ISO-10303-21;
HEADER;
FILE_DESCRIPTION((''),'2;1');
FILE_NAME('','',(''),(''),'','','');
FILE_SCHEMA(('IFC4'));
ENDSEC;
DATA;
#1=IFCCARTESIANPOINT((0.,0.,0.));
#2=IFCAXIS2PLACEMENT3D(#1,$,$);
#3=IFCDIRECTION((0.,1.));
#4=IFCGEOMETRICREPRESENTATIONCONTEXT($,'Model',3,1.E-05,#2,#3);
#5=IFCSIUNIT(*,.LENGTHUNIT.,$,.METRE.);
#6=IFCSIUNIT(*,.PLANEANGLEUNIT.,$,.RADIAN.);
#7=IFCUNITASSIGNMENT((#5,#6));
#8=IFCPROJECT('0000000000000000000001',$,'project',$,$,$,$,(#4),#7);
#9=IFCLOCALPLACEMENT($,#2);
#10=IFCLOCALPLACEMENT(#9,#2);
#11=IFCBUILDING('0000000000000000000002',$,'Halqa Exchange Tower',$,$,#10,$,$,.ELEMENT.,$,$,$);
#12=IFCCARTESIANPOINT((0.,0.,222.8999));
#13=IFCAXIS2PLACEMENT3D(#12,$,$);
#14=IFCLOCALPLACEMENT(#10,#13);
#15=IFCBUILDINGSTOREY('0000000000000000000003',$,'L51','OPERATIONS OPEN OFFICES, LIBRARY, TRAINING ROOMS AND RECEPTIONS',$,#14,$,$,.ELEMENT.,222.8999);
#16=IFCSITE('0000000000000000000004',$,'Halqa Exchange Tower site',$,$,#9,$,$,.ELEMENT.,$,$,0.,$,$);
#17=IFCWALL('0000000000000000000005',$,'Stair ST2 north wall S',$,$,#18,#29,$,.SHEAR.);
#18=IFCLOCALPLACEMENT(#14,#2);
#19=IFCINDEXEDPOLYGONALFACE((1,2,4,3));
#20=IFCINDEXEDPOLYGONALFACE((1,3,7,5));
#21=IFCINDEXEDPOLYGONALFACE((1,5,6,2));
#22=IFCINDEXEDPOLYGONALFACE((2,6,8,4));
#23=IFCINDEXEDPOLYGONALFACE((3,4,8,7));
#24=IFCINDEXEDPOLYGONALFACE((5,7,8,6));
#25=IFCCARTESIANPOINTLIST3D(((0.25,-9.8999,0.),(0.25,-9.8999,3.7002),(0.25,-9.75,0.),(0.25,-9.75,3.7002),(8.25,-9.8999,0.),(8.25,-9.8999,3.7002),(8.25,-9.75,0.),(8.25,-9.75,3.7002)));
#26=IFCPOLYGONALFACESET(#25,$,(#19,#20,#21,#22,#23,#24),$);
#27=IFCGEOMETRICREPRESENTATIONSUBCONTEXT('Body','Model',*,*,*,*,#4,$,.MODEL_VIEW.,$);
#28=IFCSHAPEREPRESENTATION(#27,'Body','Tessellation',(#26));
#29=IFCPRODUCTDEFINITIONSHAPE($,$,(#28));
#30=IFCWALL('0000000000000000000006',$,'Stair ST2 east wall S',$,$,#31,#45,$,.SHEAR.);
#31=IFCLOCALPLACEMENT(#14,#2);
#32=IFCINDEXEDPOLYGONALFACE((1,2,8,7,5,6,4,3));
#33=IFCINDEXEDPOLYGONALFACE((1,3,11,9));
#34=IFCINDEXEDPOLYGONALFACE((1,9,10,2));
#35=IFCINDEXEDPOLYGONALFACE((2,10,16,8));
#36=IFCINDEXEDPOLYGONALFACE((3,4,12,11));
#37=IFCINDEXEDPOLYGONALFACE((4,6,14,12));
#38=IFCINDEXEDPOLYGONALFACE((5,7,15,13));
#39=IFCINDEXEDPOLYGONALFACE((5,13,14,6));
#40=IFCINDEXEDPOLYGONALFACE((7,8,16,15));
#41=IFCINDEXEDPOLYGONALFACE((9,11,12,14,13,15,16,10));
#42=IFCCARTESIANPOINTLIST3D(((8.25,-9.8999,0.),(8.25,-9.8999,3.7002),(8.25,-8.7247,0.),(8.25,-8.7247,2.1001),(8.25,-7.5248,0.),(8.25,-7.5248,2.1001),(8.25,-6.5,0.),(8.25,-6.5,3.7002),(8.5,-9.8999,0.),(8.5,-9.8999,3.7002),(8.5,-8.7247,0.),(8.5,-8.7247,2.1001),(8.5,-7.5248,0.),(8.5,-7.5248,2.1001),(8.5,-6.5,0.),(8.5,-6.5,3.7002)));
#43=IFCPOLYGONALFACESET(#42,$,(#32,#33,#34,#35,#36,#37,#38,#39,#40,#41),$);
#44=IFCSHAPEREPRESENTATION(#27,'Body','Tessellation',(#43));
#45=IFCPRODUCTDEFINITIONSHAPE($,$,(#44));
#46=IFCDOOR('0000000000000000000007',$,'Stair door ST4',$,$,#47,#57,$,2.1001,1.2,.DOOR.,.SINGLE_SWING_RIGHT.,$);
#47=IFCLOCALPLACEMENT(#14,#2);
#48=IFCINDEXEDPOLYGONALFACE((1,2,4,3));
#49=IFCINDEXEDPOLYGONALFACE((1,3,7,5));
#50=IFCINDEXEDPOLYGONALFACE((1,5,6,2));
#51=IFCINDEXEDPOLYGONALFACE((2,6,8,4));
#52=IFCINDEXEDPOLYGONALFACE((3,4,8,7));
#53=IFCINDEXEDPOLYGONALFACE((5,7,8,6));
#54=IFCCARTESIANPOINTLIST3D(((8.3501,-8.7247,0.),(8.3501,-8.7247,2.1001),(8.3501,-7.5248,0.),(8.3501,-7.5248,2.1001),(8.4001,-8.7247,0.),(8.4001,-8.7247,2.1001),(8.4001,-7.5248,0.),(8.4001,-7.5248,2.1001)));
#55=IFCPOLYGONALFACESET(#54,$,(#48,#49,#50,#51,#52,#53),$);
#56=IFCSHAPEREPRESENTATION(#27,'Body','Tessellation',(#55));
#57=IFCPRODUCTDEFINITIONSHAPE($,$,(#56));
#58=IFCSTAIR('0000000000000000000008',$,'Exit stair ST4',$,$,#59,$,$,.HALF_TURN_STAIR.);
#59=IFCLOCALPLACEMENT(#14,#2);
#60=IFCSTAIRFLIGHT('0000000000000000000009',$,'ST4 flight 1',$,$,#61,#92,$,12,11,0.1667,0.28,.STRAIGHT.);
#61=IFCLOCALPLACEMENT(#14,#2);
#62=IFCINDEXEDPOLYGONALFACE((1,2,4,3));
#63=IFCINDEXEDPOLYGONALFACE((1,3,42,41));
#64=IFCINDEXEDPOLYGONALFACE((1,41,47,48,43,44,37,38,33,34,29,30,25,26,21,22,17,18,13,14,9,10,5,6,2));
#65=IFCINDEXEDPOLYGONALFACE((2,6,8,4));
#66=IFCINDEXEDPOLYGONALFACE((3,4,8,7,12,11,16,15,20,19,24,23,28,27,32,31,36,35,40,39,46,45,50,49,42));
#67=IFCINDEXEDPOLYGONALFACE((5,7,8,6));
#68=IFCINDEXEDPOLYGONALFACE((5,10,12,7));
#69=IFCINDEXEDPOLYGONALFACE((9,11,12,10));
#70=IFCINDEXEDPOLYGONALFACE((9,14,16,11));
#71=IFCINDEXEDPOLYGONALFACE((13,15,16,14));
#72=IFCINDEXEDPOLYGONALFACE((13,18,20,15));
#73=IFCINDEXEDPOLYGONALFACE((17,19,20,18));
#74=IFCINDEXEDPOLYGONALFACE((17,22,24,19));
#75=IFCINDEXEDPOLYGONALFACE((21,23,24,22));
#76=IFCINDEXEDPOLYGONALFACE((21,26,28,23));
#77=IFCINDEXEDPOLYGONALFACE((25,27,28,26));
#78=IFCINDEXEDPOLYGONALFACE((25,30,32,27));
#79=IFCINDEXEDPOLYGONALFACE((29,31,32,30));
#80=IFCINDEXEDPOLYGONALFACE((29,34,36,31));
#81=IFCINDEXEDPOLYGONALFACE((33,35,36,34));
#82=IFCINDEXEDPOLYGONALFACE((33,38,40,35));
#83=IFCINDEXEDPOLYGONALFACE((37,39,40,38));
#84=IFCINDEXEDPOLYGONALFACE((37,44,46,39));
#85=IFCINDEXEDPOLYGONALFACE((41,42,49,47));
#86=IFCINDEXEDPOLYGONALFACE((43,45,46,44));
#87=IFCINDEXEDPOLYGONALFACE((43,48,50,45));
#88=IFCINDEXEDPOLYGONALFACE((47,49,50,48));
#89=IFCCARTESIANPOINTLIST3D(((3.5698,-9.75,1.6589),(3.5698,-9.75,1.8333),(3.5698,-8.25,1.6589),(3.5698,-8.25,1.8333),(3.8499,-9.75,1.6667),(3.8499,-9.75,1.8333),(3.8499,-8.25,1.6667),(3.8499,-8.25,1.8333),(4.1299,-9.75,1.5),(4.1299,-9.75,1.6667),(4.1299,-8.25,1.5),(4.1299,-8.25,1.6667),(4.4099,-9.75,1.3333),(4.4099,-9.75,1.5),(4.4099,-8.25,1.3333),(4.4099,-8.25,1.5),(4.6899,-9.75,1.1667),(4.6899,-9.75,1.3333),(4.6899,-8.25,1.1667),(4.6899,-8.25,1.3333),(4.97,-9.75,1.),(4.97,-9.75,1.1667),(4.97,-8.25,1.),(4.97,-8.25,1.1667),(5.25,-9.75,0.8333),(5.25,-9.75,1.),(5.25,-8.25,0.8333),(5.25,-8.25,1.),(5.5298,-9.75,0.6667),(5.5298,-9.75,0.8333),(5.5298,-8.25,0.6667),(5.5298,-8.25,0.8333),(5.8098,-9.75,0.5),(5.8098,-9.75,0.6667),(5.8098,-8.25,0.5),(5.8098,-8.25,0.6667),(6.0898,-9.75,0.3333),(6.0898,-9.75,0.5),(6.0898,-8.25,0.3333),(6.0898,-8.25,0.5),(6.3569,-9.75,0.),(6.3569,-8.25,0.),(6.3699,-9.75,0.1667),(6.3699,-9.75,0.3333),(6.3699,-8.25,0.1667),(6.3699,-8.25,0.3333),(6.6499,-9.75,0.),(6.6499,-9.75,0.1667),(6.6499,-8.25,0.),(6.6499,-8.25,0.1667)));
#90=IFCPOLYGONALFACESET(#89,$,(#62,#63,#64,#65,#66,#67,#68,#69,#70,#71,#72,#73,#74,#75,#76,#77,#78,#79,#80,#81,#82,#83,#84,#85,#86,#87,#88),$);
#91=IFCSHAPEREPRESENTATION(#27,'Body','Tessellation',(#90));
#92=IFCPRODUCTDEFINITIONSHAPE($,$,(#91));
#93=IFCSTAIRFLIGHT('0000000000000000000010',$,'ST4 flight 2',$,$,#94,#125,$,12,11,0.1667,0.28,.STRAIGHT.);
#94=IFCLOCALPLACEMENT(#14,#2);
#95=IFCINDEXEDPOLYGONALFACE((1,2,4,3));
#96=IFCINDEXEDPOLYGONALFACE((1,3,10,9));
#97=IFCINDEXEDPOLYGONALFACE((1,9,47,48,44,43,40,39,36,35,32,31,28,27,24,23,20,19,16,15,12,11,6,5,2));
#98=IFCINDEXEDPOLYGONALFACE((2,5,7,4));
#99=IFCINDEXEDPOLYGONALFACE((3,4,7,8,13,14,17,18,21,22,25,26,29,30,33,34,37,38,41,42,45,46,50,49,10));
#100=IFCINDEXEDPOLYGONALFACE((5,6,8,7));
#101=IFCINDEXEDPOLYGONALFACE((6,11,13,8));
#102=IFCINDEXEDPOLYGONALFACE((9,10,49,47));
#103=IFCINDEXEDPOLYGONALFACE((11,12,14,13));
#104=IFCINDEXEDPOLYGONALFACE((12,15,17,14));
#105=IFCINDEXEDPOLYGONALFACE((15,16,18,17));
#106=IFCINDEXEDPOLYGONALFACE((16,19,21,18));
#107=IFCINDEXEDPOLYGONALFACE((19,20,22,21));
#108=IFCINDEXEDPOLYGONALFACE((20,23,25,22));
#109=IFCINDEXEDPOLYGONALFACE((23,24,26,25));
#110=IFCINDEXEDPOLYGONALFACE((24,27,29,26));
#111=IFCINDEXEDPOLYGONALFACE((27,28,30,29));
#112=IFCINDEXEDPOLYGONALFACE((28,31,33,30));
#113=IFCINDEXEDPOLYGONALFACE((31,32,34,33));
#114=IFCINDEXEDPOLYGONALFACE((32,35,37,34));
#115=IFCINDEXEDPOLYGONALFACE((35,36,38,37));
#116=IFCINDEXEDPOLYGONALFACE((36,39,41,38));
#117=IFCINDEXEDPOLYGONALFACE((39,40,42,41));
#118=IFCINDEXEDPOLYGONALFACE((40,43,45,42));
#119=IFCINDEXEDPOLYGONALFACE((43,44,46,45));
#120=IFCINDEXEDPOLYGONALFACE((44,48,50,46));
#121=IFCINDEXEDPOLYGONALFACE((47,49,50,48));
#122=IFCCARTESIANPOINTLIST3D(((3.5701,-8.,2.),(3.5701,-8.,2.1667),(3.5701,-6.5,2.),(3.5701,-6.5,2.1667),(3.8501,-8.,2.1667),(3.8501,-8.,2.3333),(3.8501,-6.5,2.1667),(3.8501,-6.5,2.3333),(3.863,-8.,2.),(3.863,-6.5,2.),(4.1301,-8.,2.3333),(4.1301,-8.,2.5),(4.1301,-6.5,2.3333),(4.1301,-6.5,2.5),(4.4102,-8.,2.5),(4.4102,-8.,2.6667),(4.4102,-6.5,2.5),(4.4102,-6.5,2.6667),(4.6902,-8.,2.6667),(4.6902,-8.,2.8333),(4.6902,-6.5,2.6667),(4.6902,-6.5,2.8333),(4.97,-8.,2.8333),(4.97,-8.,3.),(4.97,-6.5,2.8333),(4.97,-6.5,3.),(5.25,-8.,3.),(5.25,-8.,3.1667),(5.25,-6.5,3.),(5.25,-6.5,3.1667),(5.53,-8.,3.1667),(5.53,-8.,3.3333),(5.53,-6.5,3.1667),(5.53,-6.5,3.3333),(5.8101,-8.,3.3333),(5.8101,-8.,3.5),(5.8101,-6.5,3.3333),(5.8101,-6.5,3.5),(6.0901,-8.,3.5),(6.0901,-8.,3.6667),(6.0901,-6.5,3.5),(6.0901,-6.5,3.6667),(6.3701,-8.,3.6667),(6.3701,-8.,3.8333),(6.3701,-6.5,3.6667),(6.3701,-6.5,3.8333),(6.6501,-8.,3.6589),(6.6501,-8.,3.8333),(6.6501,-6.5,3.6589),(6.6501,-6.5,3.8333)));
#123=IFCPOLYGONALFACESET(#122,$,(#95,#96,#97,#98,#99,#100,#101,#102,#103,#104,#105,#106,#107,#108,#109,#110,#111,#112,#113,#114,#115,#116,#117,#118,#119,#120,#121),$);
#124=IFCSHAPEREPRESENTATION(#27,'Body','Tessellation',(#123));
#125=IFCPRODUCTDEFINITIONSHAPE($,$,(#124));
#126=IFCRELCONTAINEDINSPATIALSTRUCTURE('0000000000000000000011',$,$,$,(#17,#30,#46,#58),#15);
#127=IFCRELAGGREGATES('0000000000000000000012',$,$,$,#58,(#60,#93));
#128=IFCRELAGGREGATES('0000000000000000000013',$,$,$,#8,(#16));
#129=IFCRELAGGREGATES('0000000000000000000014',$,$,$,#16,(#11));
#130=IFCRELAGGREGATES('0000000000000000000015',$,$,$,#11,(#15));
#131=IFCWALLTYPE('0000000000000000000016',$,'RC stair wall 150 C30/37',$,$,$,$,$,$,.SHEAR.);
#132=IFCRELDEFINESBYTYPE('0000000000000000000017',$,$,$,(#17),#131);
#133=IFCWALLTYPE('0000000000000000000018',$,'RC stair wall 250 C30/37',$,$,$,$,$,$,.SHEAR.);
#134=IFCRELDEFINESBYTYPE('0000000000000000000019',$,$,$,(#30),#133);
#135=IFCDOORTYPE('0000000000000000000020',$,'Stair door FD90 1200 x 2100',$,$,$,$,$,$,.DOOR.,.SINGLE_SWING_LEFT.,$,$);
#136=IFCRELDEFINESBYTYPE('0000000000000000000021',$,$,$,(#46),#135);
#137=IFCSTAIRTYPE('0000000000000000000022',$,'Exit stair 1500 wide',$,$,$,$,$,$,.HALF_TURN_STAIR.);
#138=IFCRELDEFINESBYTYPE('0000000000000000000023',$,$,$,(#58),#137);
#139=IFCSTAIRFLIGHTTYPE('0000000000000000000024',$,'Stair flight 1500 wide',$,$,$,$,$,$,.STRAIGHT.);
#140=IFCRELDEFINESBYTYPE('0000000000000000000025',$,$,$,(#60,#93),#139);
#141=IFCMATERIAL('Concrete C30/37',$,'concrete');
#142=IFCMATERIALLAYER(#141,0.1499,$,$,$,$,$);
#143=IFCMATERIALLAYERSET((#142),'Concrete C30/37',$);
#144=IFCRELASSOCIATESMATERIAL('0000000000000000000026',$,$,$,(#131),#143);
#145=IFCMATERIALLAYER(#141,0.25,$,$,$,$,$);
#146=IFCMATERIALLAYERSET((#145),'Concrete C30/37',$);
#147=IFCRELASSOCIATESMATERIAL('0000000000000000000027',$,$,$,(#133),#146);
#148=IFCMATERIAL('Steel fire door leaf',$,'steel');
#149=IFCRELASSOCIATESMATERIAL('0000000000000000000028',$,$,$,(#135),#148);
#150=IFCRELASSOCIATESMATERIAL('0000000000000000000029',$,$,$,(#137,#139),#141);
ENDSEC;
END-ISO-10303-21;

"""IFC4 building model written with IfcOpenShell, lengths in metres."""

from ifc_helpers import new_model, si_unit, direction, frame, frame_2d, origin, place, context, subcontext, project, spatial, polyline, rectangle, outline, extrude, material, layer, layer_set, type_object, element, fill, aggregate, save


model = new_model("IFC4")

# Units and contexts
model_context = context("Model", 3, precision=1e-05, world=origin(), true_north=direction((0.0, 1.0)))
body_context = subcontext(model_context, "Body", "Model", "MODEL_VIEW")
ifc_project = project(units=[si_unit("LENGTHUNIT", "METRE"), si_unit("PLANEANGLEUNIT", "RADIAN")], contexts=[model_context])

# Site, building, storey
site_placement = place(None, origin())
site = spatial("IfcSite", under=ifc_project, at=site_placement, Name="Halqa Exchange Tower site", CompositionType="ELEMENT", RefElevation=0.0)
building_placement = place(site_placement, origin())
building = spatial("IfcBuilding", under=site, at=building_placement, Name="Halqa Exchange Tower", CompositionType="ELEMENT")
storey_placement = place(building_placement, frame((0.0, 0.0, 222.8999)))
storey = spatial("IfcBuildingStorey", under=building, at=storey_placement, Name="L51", Description="OPERATIONS OPEN OFFICES, LIBRARY, TRAINING ROOMS AND RECEPTIONS", CompositionType="ELEMENT", Elevation=222.8999)

# Shared definitions
ifc_material_1 = material(Name="Steel fire door leaf", Category="steel")

# Wall
ifc_material_2 = material(Name="Concrete C30/37", Category="concrete")
ifc_layer_1 = layer(ifc_material_2, 0.1499)
ifc_layer_set_1 = layer_set([ifc_layer_1], Name="Concrete C30/37")
wall_type_1 = type_object("IfcWallType", Name="RC stair wall 150 C30/37", PredefinedType="SHEAR", material=ifc_layer_set_1)
wall_1_placement = place(storey_placement, frame((0.25, -9.825, 0.0), z_axis=(0.0, 0.0, 1.0), x_axis=(1.0, 0.0, 0.0)))
element("IfcWall", 1, at=wall_1_placement, inside=storey, type_object=wall_type_1, Name="Stair ST2 north wall S", PredefinedType="SHEAR", context=body_context, shape_type="SweptSolid", body=[
    extrude(rectangle(XDim=8.0, YDim=0.1499, at=frame_2d((4.0, 0.0))), origin(), (0.0, 0.0, 1.0), 3.7002),
])

# Wall, opening, door
ifc_layer_2 = layer(ifc_material_2, 0.25)
ifc_layer_set_2 = layer_set([ifc_layer_2], Name="Concrete C30/37")
wall_type_2 = type_object("IfcWallType", Name="RC stair wall 250 C30/37", PredefinedType="SHEAR", material=ifc_layer_set_2)
wall_2_placement = place(storey_placement, frame((8.375, -9.8999, 0.0), z_axis=(0.0, 0.0, 1.0), x_axis=(0.0, 1.0, 0.0)))
wall_2 = element("IfcWall", 2, at=wall_2_placement, inside=storey, type_object=wall_type_2, Name="Stair ST2 east wall S", PredefinedType="SHEAR", context=body_context, shape_type="SweptSolid", body=[
    extrude(rectangle(XDim=3.3999, YDim=0.25, at=frame_2d((1.7, 0.0))), origin(), (0.0, 0.0, 1.0), 3.7002),
])
opening_1_placement = place(wall_2_placement, frame((1.175, 0.0, 0.0)))
opening_1 = element("IfcOpeningElement", 3, at=opening_1_placement, cuts=wall_2, PredefinedType="OPENING", context=body_context, shape_type="SweptSolid", body=[
    extrude(rectangle(XDim=1.2, YDim=2.1001, at=frame_2d((0.6001, 1.05))), frame((0.0, 0.137, 0.0), z_axis=(0.0, -1.0, 0.0), x_axis=(1.0, 0.0, 0.0)), (0.0, 0.0, 1.0), 0.2739),
])
door_type_1 = type_object("IfcDoorType", Name="Stair door FD90 1200 x 2100", OperationType="SINGLE_SWING_LEFT", PredefinedType="DOOR", material=ifc_material_1)
door_1_placement = place(opening_1_placement, origin())
door_1 = element("IfcDoor", 4, at=door_1_placement, inside=storey, type_object=door_type_1, Name="Stair door ST4", OperationType="SINGLE_SWING_RIGHT", OverallHeight=2.1001, OverallWidth=1.2, PredefinedType="DOOR", context=body_context, shape_type="SweptSolid", body=[
    extrude(rectangle(XDim=1.2, YDim=2.1001, at=frame_2d((0.6001, 1.05))), frame((0.0, 0.0249, 0.0), z_axis=(0.0, -1.0, 0.0), x_axis=(1.0, 0.0, 0.0)), (0.0, 0.0, 1.0), 0.05),
])
fill(opening_1, door_1)

# Stair, stair flights
stair_type = type_object("IfcStairType", Name="Exit stair 1500 wide", PredefinedType="HALF_TURN_STAIR", material=ifc_material_2)
stair_placement = place(storey_placement, origin())
stair = element("IfcStair", 5, at=stair_placement, inside=storey, type_object=stair_type, Name="Exit stair ST4", PredefinedType="HALF_TURN_STAIR")
stair_flight_type = type_object("IfcStairFlightType", Name="Stair flight 1500 wide", PredefinedType="STRAIGHT", material=ifc_material_2)
stair_flight_1_placement = place(storey_placement, frame((6.6499, -9.0, 0.0), z_axis=(0.0, 0.0, 1.0), x_axis=(-1.0, 0.0, 0.0)))
stair_flight_1 = element("IfcStairFlight", 6, at=stair_flight_1_placement, type_object=stair_flight_type, Name="ST4 flight 1", NumberOfRisers=12, NumberOfTreads=11, PredefinedType="STRAIGHT", RiserHeight=0.1667, TreadLength=0.28, context=body_context, shape_type="SweptSolid", body=[
    extrude(outline(polyline([(0.0, 0.0), (0.0, 0.1667), (0.28, 0.1667), (0.28, 0.3333), (0.5601, 0.3333), (0.5601, 0.5), (0.8401, 0.5), (0.8401, 0.6667), (1.1201, 0.6667), (1.1201, 0.8333), (1.3999, 0.8333), (1.3999, 1.0), (1.6799, 1.0), (1.6799, 1.1667), (1.96, 1.1667), (1.96, 1.3333), (2.24, 1.3333), (2.24, 1.5), (2.52, 1.5), (2.52, 1.6667), (2.8, 1.6667), (2.8, 1.8333), (3.0801, 1.8333), (3.0801, 2.0), (3.0801, 1.6589), (0.293, 0.0), (0.0, 0.0)])), frame((0.0, 0.75, 0.0), z_axis=(0.0, -1.0, 0.0), x_axis=(1.0, 0.0, 0.0)), (0.0, 0.0, 1.0), 1.5),
])
stair_flight_2_placement = place(storey_placement, frame((3.5701, -7.25, 2.0), z_axis=(0.0, 0.0, 1.0), x_axis=(1.0, 0.0, 0.0)))
stair_flight_2 = element("IfcStairFlight", 7, at=stair_flight_2_placement, type_object=stair_flight_type, Name="ST4 flight 2", NumberOfRisers=12, NumberOfTreads=11, PredefinedType="STRAIGHT", RiserHeight=0.1667, TreadLength=0.28, context=body_context, shape_type="SweptSolid", body=[
    extrude(outline(polyline([(0.0, 0.0), (0.0, 0.1667), (0.28, 0.1667), (0.28, 0.3333), (0.5601, 0.3333), (0.5601, 0.5), (0.8401, 0.5), (0.8401, 0.6667), (1.1201, 0.6667), (1.1201, 0.8333), (1.3999, 0.8333), (1.3999, 1.0), (1.6799, 1.0), (1.6799, 1.1667), (1.96, 1.1667), (1.96, 1.3333), (2.24, 1.3333), (2.24, 1.5), (2.52, 1.5), (2.52, 1.6667), (2.8, 1.6667), (2.8, 1.8333), (3.0801, 1.8333), (3.0801, 2.0), (3.0801, 1.6589), (0.293, 0.0), (0.0, 0.0)])), frame((0.0, 0.75, 0.0), z_axis=(0.0, -1.0, 0.0), x_axis=(1.0, 0.0, 0.0)), (0.0, 0.0, 1.0), 1.5),
])
aggregate(stair, [stair_flight_1, stair_flight_2])

save(model, "model.ifc")
